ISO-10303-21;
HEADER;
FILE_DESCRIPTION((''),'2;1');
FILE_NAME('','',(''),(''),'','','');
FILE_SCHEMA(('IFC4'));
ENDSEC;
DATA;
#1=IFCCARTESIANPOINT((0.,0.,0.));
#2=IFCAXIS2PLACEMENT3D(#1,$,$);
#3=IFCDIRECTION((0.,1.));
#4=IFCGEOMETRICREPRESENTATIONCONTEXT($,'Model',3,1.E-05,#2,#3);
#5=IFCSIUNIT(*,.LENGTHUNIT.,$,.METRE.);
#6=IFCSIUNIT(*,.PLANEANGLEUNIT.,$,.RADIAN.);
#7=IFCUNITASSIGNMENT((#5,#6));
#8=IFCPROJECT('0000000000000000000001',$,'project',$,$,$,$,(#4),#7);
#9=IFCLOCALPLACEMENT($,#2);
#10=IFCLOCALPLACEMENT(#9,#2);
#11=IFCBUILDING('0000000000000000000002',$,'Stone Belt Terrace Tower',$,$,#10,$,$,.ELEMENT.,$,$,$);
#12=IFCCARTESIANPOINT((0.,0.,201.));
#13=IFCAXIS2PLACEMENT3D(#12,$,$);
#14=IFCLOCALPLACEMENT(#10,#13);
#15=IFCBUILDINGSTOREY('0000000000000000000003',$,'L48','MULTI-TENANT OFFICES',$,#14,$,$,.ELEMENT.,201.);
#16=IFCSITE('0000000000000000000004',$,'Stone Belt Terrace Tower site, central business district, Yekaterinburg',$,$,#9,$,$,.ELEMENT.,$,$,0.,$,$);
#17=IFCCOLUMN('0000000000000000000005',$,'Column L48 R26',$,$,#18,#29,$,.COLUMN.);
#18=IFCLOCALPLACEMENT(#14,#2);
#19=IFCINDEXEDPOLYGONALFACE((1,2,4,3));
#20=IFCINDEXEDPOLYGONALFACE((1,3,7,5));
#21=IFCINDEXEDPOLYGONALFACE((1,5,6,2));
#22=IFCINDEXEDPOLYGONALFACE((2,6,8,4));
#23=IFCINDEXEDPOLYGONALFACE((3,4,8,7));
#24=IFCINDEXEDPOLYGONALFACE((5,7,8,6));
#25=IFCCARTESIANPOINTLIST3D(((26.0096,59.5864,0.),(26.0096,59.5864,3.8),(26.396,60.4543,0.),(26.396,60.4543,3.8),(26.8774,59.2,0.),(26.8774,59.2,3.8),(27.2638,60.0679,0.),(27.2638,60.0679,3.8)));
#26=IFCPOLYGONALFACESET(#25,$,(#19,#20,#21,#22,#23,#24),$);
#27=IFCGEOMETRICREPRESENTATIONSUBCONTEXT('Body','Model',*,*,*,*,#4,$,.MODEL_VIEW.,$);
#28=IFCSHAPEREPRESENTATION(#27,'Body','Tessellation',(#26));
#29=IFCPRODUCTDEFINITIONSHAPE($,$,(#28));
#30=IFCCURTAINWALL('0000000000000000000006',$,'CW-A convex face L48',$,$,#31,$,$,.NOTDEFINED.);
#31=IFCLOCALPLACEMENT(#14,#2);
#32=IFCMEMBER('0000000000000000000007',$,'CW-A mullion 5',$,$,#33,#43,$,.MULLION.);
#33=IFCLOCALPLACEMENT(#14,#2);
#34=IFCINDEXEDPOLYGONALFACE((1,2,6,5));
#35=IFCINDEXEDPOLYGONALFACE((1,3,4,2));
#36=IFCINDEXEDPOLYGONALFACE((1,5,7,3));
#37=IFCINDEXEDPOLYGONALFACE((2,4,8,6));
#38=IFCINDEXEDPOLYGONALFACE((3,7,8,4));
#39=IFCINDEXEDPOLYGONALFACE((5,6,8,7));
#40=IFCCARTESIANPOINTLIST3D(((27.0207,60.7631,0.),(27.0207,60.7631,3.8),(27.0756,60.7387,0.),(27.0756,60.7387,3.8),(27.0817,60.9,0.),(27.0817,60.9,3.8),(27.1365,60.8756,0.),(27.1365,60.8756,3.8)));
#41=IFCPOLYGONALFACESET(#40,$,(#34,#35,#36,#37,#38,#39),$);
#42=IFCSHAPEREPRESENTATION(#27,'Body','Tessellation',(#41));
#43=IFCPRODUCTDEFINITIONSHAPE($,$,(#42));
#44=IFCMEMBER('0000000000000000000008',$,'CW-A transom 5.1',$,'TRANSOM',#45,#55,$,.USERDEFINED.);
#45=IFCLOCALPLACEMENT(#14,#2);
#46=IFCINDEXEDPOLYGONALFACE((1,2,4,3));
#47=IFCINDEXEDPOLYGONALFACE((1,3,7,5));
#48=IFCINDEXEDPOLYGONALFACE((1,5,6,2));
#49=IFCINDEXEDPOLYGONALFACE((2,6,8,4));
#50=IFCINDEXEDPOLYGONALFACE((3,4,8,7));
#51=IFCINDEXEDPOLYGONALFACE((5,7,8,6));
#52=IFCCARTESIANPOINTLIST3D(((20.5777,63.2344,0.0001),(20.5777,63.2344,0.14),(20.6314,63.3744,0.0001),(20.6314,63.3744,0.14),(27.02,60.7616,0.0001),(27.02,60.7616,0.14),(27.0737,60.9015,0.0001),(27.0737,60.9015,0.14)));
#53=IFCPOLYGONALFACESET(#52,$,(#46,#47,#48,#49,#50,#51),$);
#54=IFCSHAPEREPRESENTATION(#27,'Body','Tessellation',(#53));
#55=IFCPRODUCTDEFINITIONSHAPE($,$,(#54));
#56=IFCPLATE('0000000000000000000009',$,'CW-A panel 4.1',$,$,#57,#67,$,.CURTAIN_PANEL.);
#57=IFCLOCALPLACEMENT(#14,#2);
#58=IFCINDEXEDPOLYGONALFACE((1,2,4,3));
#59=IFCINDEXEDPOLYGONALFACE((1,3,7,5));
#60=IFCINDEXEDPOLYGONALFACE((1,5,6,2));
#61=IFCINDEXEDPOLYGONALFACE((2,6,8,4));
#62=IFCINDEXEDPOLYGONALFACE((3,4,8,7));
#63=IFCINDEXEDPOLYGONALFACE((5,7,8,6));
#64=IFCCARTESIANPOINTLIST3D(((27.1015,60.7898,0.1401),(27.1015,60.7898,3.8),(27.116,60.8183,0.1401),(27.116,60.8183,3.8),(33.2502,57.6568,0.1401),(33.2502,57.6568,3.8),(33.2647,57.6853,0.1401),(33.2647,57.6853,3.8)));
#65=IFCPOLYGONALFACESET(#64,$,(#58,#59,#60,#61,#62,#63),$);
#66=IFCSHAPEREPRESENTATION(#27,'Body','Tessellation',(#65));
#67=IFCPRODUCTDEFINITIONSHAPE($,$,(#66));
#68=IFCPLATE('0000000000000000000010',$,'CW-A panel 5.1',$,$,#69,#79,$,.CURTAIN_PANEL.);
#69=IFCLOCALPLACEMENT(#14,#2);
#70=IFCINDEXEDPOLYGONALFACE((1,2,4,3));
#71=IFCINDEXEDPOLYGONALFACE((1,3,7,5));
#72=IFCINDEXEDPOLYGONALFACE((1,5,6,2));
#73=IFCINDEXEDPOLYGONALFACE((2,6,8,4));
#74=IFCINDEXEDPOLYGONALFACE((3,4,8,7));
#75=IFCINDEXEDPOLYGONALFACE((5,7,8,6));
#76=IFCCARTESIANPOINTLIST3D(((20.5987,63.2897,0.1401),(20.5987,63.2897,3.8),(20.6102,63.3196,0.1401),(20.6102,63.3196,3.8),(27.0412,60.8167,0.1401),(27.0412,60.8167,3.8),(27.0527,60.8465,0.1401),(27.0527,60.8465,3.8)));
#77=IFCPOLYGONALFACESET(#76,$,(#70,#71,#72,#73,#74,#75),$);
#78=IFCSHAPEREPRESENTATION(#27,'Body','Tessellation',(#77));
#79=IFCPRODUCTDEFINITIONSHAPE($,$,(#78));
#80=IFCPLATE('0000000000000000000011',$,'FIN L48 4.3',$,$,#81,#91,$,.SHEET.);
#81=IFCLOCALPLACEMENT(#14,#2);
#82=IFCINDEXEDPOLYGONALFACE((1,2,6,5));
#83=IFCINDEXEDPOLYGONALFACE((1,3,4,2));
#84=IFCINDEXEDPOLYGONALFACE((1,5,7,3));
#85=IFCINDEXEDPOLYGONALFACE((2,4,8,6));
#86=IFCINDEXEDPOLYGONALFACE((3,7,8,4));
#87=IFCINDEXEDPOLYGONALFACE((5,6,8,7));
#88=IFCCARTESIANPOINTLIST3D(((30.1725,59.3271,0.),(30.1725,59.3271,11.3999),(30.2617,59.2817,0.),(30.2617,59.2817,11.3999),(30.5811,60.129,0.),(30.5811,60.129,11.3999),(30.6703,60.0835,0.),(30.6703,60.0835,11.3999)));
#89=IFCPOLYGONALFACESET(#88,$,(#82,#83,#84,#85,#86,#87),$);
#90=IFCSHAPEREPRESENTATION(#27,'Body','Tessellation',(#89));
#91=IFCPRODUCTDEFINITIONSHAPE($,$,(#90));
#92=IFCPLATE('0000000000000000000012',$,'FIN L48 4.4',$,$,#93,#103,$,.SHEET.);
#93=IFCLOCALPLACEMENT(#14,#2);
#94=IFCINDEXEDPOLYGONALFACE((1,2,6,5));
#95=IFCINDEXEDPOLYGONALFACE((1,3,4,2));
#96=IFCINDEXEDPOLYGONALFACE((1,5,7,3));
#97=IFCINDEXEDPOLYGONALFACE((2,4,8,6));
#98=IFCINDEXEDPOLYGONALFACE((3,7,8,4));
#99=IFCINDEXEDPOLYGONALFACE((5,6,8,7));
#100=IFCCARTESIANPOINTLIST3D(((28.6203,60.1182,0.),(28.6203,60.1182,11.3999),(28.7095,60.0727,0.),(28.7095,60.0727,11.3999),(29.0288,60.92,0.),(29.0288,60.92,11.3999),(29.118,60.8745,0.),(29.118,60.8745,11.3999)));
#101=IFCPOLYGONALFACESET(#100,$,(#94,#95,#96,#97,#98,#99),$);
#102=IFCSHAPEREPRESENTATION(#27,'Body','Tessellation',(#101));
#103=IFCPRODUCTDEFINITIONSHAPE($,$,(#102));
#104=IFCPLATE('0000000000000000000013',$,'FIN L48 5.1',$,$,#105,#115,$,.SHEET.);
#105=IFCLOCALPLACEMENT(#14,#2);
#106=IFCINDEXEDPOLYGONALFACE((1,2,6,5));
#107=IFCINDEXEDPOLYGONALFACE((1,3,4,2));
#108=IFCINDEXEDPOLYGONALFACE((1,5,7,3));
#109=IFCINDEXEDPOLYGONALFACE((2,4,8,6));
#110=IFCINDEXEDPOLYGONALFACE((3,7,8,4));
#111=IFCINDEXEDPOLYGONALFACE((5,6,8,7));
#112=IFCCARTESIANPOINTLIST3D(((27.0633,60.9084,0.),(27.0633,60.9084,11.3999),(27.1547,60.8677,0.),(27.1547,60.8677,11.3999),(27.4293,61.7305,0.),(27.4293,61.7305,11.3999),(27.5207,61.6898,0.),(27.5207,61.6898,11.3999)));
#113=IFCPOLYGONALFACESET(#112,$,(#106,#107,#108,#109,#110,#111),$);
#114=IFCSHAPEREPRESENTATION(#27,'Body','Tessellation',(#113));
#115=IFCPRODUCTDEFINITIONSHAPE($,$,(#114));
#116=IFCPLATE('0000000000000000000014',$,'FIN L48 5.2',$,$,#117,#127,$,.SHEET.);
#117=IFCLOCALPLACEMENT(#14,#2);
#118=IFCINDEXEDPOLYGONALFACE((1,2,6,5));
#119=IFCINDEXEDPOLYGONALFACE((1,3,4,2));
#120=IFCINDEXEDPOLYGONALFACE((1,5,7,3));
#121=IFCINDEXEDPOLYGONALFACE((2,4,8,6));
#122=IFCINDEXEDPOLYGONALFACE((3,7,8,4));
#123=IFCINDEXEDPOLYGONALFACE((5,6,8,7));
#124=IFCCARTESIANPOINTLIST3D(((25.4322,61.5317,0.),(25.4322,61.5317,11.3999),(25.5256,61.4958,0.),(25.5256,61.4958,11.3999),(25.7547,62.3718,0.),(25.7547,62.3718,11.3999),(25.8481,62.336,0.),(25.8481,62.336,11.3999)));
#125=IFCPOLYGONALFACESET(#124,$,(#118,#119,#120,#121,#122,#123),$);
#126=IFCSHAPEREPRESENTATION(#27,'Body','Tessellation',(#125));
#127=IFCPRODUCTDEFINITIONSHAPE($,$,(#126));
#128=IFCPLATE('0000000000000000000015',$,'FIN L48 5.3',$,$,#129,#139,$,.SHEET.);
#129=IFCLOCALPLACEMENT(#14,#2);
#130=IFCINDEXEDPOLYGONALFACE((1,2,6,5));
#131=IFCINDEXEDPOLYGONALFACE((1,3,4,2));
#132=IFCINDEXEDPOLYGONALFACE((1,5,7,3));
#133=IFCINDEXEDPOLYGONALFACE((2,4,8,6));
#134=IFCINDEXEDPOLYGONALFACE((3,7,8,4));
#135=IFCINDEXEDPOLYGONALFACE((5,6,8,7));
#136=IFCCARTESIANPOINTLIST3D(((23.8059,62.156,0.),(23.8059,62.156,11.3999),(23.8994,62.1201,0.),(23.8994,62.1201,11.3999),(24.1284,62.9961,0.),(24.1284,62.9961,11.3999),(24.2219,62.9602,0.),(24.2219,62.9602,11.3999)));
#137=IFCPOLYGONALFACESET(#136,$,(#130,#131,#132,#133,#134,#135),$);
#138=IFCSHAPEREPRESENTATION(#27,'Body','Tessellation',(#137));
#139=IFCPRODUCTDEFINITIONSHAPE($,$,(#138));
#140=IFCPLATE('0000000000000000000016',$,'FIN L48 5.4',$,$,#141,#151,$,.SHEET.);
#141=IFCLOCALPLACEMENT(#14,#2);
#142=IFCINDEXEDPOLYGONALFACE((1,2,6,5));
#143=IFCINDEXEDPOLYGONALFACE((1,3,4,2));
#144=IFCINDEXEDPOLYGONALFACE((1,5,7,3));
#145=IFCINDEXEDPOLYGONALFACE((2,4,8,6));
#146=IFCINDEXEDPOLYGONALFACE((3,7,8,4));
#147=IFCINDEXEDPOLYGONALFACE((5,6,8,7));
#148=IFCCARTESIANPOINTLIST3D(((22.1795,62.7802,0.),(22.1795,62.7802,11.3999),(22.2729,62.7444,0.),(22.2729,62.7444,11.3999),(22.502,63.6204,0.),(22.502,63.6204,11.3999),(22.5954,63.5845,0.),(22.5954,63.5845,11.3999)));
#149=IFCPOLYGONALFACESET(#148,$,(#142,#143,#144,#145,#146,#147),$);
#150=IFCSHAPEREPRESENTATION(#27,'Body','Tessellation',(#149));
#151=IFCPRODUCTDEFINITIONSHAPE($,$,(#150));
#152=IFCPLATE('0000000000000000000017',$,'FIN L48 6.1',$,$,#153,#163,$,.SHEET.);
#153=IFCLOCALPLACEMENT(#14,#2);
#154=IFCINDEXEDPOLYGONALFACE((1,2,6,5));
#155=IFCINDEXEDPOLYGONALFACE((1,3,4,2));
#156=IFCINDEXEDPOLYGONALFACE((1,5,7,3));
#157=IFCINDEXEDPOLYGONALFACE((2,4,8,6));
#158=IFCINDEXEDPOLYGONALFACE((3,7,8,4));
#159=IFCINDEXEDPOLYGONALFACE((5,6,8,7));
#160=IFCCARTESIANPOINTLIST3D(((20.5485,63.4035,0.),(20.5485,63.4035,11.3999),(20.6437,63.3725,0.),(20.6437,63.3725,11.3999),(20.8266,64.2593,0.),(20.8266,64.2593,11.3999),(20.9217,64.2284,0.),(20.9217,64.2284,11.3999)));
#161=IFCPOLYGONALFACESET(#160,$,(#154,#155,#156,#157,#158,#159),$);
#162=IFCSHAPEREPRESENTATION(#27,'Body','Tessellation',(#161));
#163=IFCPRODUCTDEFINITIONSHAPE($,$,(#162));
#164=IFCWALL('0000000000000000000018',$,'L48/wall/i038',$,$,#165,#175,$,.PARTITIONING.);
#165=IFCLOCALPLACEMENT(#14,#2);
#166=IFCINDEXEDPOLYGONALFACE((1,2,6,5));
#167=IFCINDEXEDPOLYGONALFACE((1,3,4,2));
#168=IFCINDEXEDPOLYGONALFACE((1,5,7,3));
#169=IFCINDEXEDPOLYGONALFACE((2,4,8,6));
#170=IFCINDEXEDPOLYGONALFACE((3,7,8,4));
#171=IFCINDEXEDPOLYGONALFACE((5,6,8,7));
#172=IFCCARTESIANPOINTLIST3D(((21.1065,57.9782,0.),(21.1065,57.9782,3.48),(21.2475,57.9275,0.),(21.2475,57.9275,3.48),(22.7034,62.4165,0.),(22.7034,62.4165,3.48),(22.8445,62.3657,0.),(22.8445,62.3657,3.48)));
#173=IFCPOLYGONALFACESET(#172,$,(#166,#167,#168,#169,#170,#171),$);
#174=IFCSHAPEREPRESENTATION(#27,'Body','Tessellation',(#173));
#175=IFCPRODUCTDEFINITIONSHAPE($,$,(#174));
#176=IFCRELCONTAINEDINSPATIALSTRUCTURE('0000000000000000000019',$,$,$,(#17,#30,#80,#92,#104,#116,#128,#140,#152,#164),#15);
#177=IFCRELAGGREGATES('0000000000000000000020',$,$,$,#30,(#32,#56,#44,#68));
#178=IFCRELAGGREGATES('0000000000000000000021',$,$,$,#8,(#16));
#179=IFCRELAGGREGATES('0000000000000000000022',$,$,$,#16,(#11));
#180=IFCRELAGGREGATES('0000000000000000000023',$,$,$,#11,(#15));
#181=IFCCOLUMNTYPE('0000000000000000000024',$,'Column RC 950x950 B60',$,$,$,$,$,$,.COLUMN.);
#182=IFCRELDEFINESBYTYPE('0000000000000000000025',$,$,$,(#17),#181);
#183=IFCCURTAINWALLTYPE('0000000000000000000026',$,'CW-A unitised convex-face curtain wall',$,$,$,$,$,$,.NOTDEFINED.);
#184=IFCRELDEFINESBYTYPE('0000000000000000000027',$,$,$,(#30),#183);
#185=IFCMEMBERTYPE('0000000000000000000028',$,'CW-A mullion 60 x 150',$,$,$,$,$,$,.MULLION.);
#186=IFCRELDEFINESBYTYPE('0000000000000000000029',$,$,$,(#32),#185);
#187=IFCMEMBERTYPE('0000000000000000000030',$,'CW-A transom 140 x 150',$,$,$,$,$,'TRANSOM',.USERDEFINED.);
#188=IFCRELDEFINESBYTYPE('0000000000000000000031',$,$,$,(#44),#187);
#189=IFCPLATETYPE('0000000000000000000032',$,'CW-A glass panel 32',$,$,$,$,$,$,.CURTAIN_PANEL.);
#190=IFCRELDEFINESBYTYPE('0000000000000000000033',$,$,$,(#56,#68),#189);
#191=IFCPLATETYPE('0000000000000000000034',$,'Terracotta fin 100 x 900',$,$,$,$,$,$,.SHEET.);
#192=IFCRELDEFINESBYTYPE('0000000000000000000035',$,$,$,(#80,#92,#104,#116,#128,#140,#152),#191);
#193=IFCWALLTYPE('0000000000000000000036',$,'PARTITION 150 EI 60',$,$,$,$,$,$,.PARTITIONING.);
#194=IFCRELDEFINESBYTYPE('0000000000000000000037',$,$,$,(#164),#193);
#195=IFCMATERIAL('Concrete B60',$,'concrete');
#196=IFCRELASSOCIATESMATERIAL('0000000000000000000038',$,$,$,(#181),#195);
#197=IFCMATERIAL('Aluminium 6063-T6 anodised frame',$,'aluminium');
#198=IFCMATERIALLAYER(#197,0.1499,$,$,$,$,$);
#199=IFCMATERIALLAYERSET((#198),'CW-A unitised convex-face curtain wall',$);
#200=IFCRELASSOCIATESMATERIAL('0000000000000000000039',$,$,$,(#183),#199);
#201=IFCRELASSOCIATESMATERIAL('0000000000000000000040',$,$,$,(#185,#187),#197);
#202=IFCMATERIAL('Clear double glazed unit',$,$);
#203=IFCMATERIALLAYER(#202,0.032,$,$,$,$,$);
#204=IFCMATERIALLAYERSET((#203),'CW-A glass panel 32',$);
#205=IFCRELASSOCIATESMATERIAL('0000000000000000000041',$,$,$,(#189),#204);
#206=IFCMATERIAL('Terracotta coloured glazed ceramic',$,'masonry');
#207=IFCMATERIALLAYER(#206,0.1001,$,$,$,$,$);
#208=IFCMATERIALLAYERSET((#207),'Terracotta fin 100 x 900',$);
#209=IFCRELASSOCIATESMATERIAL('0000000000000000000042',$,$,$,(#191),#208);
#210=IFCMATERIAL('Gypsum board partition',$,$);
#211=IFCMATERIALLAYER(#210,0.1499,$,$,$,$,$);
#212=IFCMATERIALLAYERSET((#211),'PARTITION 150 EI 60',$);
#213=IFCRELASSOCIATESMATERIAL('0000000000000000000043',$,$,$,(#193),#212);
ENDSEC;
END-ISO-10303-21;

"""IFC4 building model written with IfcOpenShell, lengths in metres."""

from ifc_helpers import new_model, si_unit, direction, frame, frame_2d, origin, origin_2d, place, context, subcontext, project, spatial, rectangle, extrude, material, layer, layer_set, material_profile, profile_set, type_object, element, aggregate, save


model = new_model("IFC4")

# Units and contexts
model_context = context("Model", 3, precision=1e-05, world=origin(), true_north=direction((0.0, 1.0)))
body_context = subcontext(model_context, "Body", "Model", "MODEL_VIEW")
ifc_project = project(units=[si_unit("LENGTHUNIT", "METRE"), si_unit("PLANEANGLEUNIT", "RADIAN")], contexts=[model_context])

# Site, building, storey
site_placement = place(None, origin())
site = spatial("IfcSite", under=ifc_project, at=site_placement, Name="Stone Belt Terrace Tower site, central business district, Yekaterinburg", CompositionType="ELEMENT", RefElevation=0.0)
building_placement = place(site_placement, origin())
building = spatial("IfcBuilding", under=site, at=building_placement, Name="Stone Belt Terrace Tower", CompositionType="ELEMENT")
storey_placement = place(building_placement, frame((0.0, 0.0, 201.0)))
storey = spatial("IfcBuildingStorey", under=building, at=storey_placement, Name="L48", Description="MULTI-TENANT OFFICES", CompositionType="ELEMENT", Elevation=201.0)

# Column
ifc_material_1 = material(Name="Concrete B60", Category="concrete")
ifc_material_profile_1 = material_profile(ifc_material_1, rectangle(XDim=0.95, YDim=0.95, at=origin_2d()), Name="RC 950x950")
ifc_profile_set_1 = profile_set([ifc_material_profile_1], Name="Concrete B60")
column_type = type_object("IfcColumnType", Name="Column RC 950x950 B60", PredefinedType="COLUMN", material=ifc_profile_set_1)
column_placement = place(storey_placement, frame((26.6367, 59.8271, 0.0), z_axis=(0.0, 0.0, 1.0), x_axis=(0.913545, -0.406737, 0.0)))
element("IfcColumn", 1, at=column_placement, inside=storey, type_object=column_type, Name="Column L48 R26", PredefinedType="COLUMN", context=body_context, shape_type="SweptSolid", body=[
    extrude(rectangle(XDim=0.95, YDim=0.95, at=origin_2d()), origin(), (0.0, 0.0, 1.0), 3.8),
])

# Curtain wall, members, plates
ifc_material_2 = material(Name="Aluminium 6063-T6 anodised frame", Category="aluminium")
ifc_layer_1 = layer(ifc_material_2, 0.1499)
ifc_layer_set_1 = layer_set([ifc_layer_1], Name="CW-A unitised convex-face curtain wall")
curtain_wall_type = type_object("IfcCurtainWallType", Name="CW-A unitised convex-face curtain wall", PredefinedType="NOTDEFINED", material=ifc_layer_set_1)
curtain_wall_placement = place(storey_placement, origin())
curtain_wall = element("IfcCurtainWall", 2, at=curtain_wall_placement, inside=storey, type_object=curtain_wall_type, Name="CW-A convex face L48", PredefinedType="NOTDEFINED")
ifc_material_profile_2 = material_profile(ifc_material_2, rectangle(XDim=0.1499, YDim=0.0601, at=origin_2d()), Name="Aluminium 6063-T6 60x150")
ifc_profile_set_2 = profile_set([ifc_material_profile_2], Name="Aluminium 6063-T6 anodised frame")
member_type_1 = type_object("IfcMemberType", Name="CW-A mullion 60 x 150", PredefinedType="MULLION", material=ifc_profile_set_2)
member_1_placement = place(storey_placement, frame((27.0786, 60.8193, 0.0), z_axis=(0.0, 0.0, 1.0), x_axis=(-0.406737, -0.913545, 0.0)))
member_1 = element("IfcMember", 3, at=member_1_placement, type_object=member_type_1, Name="CW-A mullion 5", PredefinedType="MULLION", context=body_context, shape_type="SweptSolid", body=[
    extrude(rectangle(XDim=0.1499, YDim=0.0601, at=origin_2d()), origin(), (0.0, 0.0, 1.0), 3.8),
])
ifc_material_profile_3 = material_profile(ifc_material_2, rectangle(XDim=0.1499, YDim=0.1399, at=origin_2d()), Name="Aluminium 6063-T6 150x140")
ifc_profile_set_3 = profile_set([ifc_material_profile_3], Name="Aluminium 6063-T6 anodised frame")
member_type_2 = type_object("IfcMemberType", Name="CW-A transom 140 x 150", ElementType="TRANSOM", PredefinedType="USERDEFINED", material=ifc_profile_set_3)
member_2_placement = place(storey_placement, frame((27.0469, 60.8315, 0.0701), z_axis=(-0.933585, 0.358355, 0.0), x_axis=(-0.358355, -0.933585, 0.0)))
member_2 = element("IfcMember", 4, at=member_2_placement, type_object=member_type_2, Name="CW-A transom 5.1", ObjectType="TRANSOM", PredefinedType="USERDEFINED", context=body_context, shape_type="SweptSolid", body=[
    extrude(rectangle(XDim=0.1499, YDim=0.1399, at=origin_2d()), origin(), (0.0, 0.0, 1.0), 6.9006),
])
ifc_material_3 = material(Name="Clear double glazed unit")
ifc_layer_2 = layer(ifc_material_3, 0.032)
ifc_layer_set_2 = layer_set([ifc_layer_2], Name="CW-A glass panel 32")
plate_type_1 = type_object("IfcPlateType", Name="CW-A glass panel 32", PredefinedType="CURTAIN_PANEL", material=ifc_layer_set_2)
plate_1_placement = place(storey_placement, frame((30.1831, 59.2375, 0.1401), z_axis=(0.0, 0.0, 1.0), x_axis=(-0.891007, 0.45399, 0.0)))
plate_1 = element("IfcPlate", 5, at=plate_1_placement, type_object=plate_type_1, Name="CW-A panel 4.1", PredefinedType="CURTAIN_PANEL", context=body_context, shape_type="SweptSolid", body=[
    extrude(rectangle(XDim=6.9009, YDim=0.032, at=origin_2d()), origin(), (0.0, 0.0, 1.0), 3.6599),
])
plate_2_placement = place(storey_placement, frame((23.8257, 62.0681, 0.1401), z_axis=(0.0, 0.0, 1.0), x_axis=(-0.93358, 0.358368, 0.0)))
plate_2 = element("IfcPlate", 6, at=plate_2_placement, type_object=plate_type_1, Name="CW-A panel 5.1", PredefinedType="CURTAIN_PANEL", context=body_context, shape_type="SweptSolid", body=[
    extrude(rectangle(XDim=6.9009, YDim=0.032, at=origin_2d()), origin(), (0.0, 0.0, 1.0), 3.6599),
])
aggregate(curtain_wall, [member_1, plate_1, member_2, plate_2])

# Plates
ifc_material_4 = material(Name="Terracotta coloured glazed ceramic", Category="masonry")
ifc_layer_3 = layer(ifc_material_4, 0.1001)
ifc_layer_set_3 = layer_set([ifc_layer_3], Name="Terracotta fin 100 x 900")
plate_type_2 = type_object("IfcPlateType", Name="Terracotta fin 100 x 900", PredefinedType="SHEET", material=ifc_layer_set_3)
for number, where, z_axis, x_axis, name in (
    (7, (30.4214, 59.7053, 0.0), (0.0, 0.0, 1.0), (0.45399, 0.891007, 0.0), "FIN L48 4.3"),
    (8, (28.8691, 60.4963, 0.0), (0.0, 0.0, 1.0), (0.45399, 0.891007, 0.0), "FIN L48 4.4"),
    (9, (27.292, 61.2991, 0.0), (0.0, 0.0, 1.0), (0.406737, 0.913545, 0.0), "FIN L48 5.1"),
    (10, (25.6401, 61.9338, 0.0), (0.0, 0.0, 1.0), (0.358368, 0.93358, 0.0), "FIN L48 5.2"),
    (11, (24.0139, 62.5581, 0.0), (0.0, 0.0, 1.0), (0.358368, 0.93358, 0.0), "FIN L48 5.3"),
    (12, (22.3875, 63.1824, 0.0), (0.0, 0.0, 1.0), (0.358368, 0.93358, 0.0), "FIN L48 5.4"),
    (13, (20.7351, 63.8159, 0.0), (0.0, 0.0, 1.0), (0.309017, 0.951057, 0.0), "FIN L48 6.1"),
):
    element("IfcPlate", number, at=place(storey_placement, frame(where, z_axis=z_axis, x_axis=x_axis)), inside=storey, type_object=plate_type_2, Name=name, PredefinedType="SHEET", context=body_context, shape_type="SweptSolid", body=[
        extrude(rectangle(XDim=0.8999, YDim=0.1001, at=origin_2d()), origin(), (0.0, 0.0, 1.0), 11.3999),
    ])

# Wall
ifc_material_5 = material(Name="Gypsum board partition")
ifc_layer_4 = layer(ifc_material_5, 0.1499)
ifc_layer_set_4 = layer_set([ifc_layer_4], Name="PARTITION 150 EI 60")
wall_type = type_object("IfcWallType", Name="PARTITION 150 EI 60", PredefinedType="PARTITIONING", material=ifc_layer_set_4)
wall_placement = place(storey_placement, frame((22.7739, 62.3911, 0.0), z_axis=(0.0, 0.0, 1.0), x_axis=(-0.338562, -0.940944, 0.0)))
element("IfcWall", 14, at=wall_placement, inside=storey, type_object=wall_type, Name="L48/wall/i038", PredefinedType="PARTITIONING", context=body_context, shape_type="SweptSolid", body=[
    extrude(rectangle(XDim=4.7168, YDim=0.1499, at=frame_2d((2.3584, 0.0))), origin(), (0.0, 0.0, 1.0), 3.48),
])

save(model, "model.ifc")
